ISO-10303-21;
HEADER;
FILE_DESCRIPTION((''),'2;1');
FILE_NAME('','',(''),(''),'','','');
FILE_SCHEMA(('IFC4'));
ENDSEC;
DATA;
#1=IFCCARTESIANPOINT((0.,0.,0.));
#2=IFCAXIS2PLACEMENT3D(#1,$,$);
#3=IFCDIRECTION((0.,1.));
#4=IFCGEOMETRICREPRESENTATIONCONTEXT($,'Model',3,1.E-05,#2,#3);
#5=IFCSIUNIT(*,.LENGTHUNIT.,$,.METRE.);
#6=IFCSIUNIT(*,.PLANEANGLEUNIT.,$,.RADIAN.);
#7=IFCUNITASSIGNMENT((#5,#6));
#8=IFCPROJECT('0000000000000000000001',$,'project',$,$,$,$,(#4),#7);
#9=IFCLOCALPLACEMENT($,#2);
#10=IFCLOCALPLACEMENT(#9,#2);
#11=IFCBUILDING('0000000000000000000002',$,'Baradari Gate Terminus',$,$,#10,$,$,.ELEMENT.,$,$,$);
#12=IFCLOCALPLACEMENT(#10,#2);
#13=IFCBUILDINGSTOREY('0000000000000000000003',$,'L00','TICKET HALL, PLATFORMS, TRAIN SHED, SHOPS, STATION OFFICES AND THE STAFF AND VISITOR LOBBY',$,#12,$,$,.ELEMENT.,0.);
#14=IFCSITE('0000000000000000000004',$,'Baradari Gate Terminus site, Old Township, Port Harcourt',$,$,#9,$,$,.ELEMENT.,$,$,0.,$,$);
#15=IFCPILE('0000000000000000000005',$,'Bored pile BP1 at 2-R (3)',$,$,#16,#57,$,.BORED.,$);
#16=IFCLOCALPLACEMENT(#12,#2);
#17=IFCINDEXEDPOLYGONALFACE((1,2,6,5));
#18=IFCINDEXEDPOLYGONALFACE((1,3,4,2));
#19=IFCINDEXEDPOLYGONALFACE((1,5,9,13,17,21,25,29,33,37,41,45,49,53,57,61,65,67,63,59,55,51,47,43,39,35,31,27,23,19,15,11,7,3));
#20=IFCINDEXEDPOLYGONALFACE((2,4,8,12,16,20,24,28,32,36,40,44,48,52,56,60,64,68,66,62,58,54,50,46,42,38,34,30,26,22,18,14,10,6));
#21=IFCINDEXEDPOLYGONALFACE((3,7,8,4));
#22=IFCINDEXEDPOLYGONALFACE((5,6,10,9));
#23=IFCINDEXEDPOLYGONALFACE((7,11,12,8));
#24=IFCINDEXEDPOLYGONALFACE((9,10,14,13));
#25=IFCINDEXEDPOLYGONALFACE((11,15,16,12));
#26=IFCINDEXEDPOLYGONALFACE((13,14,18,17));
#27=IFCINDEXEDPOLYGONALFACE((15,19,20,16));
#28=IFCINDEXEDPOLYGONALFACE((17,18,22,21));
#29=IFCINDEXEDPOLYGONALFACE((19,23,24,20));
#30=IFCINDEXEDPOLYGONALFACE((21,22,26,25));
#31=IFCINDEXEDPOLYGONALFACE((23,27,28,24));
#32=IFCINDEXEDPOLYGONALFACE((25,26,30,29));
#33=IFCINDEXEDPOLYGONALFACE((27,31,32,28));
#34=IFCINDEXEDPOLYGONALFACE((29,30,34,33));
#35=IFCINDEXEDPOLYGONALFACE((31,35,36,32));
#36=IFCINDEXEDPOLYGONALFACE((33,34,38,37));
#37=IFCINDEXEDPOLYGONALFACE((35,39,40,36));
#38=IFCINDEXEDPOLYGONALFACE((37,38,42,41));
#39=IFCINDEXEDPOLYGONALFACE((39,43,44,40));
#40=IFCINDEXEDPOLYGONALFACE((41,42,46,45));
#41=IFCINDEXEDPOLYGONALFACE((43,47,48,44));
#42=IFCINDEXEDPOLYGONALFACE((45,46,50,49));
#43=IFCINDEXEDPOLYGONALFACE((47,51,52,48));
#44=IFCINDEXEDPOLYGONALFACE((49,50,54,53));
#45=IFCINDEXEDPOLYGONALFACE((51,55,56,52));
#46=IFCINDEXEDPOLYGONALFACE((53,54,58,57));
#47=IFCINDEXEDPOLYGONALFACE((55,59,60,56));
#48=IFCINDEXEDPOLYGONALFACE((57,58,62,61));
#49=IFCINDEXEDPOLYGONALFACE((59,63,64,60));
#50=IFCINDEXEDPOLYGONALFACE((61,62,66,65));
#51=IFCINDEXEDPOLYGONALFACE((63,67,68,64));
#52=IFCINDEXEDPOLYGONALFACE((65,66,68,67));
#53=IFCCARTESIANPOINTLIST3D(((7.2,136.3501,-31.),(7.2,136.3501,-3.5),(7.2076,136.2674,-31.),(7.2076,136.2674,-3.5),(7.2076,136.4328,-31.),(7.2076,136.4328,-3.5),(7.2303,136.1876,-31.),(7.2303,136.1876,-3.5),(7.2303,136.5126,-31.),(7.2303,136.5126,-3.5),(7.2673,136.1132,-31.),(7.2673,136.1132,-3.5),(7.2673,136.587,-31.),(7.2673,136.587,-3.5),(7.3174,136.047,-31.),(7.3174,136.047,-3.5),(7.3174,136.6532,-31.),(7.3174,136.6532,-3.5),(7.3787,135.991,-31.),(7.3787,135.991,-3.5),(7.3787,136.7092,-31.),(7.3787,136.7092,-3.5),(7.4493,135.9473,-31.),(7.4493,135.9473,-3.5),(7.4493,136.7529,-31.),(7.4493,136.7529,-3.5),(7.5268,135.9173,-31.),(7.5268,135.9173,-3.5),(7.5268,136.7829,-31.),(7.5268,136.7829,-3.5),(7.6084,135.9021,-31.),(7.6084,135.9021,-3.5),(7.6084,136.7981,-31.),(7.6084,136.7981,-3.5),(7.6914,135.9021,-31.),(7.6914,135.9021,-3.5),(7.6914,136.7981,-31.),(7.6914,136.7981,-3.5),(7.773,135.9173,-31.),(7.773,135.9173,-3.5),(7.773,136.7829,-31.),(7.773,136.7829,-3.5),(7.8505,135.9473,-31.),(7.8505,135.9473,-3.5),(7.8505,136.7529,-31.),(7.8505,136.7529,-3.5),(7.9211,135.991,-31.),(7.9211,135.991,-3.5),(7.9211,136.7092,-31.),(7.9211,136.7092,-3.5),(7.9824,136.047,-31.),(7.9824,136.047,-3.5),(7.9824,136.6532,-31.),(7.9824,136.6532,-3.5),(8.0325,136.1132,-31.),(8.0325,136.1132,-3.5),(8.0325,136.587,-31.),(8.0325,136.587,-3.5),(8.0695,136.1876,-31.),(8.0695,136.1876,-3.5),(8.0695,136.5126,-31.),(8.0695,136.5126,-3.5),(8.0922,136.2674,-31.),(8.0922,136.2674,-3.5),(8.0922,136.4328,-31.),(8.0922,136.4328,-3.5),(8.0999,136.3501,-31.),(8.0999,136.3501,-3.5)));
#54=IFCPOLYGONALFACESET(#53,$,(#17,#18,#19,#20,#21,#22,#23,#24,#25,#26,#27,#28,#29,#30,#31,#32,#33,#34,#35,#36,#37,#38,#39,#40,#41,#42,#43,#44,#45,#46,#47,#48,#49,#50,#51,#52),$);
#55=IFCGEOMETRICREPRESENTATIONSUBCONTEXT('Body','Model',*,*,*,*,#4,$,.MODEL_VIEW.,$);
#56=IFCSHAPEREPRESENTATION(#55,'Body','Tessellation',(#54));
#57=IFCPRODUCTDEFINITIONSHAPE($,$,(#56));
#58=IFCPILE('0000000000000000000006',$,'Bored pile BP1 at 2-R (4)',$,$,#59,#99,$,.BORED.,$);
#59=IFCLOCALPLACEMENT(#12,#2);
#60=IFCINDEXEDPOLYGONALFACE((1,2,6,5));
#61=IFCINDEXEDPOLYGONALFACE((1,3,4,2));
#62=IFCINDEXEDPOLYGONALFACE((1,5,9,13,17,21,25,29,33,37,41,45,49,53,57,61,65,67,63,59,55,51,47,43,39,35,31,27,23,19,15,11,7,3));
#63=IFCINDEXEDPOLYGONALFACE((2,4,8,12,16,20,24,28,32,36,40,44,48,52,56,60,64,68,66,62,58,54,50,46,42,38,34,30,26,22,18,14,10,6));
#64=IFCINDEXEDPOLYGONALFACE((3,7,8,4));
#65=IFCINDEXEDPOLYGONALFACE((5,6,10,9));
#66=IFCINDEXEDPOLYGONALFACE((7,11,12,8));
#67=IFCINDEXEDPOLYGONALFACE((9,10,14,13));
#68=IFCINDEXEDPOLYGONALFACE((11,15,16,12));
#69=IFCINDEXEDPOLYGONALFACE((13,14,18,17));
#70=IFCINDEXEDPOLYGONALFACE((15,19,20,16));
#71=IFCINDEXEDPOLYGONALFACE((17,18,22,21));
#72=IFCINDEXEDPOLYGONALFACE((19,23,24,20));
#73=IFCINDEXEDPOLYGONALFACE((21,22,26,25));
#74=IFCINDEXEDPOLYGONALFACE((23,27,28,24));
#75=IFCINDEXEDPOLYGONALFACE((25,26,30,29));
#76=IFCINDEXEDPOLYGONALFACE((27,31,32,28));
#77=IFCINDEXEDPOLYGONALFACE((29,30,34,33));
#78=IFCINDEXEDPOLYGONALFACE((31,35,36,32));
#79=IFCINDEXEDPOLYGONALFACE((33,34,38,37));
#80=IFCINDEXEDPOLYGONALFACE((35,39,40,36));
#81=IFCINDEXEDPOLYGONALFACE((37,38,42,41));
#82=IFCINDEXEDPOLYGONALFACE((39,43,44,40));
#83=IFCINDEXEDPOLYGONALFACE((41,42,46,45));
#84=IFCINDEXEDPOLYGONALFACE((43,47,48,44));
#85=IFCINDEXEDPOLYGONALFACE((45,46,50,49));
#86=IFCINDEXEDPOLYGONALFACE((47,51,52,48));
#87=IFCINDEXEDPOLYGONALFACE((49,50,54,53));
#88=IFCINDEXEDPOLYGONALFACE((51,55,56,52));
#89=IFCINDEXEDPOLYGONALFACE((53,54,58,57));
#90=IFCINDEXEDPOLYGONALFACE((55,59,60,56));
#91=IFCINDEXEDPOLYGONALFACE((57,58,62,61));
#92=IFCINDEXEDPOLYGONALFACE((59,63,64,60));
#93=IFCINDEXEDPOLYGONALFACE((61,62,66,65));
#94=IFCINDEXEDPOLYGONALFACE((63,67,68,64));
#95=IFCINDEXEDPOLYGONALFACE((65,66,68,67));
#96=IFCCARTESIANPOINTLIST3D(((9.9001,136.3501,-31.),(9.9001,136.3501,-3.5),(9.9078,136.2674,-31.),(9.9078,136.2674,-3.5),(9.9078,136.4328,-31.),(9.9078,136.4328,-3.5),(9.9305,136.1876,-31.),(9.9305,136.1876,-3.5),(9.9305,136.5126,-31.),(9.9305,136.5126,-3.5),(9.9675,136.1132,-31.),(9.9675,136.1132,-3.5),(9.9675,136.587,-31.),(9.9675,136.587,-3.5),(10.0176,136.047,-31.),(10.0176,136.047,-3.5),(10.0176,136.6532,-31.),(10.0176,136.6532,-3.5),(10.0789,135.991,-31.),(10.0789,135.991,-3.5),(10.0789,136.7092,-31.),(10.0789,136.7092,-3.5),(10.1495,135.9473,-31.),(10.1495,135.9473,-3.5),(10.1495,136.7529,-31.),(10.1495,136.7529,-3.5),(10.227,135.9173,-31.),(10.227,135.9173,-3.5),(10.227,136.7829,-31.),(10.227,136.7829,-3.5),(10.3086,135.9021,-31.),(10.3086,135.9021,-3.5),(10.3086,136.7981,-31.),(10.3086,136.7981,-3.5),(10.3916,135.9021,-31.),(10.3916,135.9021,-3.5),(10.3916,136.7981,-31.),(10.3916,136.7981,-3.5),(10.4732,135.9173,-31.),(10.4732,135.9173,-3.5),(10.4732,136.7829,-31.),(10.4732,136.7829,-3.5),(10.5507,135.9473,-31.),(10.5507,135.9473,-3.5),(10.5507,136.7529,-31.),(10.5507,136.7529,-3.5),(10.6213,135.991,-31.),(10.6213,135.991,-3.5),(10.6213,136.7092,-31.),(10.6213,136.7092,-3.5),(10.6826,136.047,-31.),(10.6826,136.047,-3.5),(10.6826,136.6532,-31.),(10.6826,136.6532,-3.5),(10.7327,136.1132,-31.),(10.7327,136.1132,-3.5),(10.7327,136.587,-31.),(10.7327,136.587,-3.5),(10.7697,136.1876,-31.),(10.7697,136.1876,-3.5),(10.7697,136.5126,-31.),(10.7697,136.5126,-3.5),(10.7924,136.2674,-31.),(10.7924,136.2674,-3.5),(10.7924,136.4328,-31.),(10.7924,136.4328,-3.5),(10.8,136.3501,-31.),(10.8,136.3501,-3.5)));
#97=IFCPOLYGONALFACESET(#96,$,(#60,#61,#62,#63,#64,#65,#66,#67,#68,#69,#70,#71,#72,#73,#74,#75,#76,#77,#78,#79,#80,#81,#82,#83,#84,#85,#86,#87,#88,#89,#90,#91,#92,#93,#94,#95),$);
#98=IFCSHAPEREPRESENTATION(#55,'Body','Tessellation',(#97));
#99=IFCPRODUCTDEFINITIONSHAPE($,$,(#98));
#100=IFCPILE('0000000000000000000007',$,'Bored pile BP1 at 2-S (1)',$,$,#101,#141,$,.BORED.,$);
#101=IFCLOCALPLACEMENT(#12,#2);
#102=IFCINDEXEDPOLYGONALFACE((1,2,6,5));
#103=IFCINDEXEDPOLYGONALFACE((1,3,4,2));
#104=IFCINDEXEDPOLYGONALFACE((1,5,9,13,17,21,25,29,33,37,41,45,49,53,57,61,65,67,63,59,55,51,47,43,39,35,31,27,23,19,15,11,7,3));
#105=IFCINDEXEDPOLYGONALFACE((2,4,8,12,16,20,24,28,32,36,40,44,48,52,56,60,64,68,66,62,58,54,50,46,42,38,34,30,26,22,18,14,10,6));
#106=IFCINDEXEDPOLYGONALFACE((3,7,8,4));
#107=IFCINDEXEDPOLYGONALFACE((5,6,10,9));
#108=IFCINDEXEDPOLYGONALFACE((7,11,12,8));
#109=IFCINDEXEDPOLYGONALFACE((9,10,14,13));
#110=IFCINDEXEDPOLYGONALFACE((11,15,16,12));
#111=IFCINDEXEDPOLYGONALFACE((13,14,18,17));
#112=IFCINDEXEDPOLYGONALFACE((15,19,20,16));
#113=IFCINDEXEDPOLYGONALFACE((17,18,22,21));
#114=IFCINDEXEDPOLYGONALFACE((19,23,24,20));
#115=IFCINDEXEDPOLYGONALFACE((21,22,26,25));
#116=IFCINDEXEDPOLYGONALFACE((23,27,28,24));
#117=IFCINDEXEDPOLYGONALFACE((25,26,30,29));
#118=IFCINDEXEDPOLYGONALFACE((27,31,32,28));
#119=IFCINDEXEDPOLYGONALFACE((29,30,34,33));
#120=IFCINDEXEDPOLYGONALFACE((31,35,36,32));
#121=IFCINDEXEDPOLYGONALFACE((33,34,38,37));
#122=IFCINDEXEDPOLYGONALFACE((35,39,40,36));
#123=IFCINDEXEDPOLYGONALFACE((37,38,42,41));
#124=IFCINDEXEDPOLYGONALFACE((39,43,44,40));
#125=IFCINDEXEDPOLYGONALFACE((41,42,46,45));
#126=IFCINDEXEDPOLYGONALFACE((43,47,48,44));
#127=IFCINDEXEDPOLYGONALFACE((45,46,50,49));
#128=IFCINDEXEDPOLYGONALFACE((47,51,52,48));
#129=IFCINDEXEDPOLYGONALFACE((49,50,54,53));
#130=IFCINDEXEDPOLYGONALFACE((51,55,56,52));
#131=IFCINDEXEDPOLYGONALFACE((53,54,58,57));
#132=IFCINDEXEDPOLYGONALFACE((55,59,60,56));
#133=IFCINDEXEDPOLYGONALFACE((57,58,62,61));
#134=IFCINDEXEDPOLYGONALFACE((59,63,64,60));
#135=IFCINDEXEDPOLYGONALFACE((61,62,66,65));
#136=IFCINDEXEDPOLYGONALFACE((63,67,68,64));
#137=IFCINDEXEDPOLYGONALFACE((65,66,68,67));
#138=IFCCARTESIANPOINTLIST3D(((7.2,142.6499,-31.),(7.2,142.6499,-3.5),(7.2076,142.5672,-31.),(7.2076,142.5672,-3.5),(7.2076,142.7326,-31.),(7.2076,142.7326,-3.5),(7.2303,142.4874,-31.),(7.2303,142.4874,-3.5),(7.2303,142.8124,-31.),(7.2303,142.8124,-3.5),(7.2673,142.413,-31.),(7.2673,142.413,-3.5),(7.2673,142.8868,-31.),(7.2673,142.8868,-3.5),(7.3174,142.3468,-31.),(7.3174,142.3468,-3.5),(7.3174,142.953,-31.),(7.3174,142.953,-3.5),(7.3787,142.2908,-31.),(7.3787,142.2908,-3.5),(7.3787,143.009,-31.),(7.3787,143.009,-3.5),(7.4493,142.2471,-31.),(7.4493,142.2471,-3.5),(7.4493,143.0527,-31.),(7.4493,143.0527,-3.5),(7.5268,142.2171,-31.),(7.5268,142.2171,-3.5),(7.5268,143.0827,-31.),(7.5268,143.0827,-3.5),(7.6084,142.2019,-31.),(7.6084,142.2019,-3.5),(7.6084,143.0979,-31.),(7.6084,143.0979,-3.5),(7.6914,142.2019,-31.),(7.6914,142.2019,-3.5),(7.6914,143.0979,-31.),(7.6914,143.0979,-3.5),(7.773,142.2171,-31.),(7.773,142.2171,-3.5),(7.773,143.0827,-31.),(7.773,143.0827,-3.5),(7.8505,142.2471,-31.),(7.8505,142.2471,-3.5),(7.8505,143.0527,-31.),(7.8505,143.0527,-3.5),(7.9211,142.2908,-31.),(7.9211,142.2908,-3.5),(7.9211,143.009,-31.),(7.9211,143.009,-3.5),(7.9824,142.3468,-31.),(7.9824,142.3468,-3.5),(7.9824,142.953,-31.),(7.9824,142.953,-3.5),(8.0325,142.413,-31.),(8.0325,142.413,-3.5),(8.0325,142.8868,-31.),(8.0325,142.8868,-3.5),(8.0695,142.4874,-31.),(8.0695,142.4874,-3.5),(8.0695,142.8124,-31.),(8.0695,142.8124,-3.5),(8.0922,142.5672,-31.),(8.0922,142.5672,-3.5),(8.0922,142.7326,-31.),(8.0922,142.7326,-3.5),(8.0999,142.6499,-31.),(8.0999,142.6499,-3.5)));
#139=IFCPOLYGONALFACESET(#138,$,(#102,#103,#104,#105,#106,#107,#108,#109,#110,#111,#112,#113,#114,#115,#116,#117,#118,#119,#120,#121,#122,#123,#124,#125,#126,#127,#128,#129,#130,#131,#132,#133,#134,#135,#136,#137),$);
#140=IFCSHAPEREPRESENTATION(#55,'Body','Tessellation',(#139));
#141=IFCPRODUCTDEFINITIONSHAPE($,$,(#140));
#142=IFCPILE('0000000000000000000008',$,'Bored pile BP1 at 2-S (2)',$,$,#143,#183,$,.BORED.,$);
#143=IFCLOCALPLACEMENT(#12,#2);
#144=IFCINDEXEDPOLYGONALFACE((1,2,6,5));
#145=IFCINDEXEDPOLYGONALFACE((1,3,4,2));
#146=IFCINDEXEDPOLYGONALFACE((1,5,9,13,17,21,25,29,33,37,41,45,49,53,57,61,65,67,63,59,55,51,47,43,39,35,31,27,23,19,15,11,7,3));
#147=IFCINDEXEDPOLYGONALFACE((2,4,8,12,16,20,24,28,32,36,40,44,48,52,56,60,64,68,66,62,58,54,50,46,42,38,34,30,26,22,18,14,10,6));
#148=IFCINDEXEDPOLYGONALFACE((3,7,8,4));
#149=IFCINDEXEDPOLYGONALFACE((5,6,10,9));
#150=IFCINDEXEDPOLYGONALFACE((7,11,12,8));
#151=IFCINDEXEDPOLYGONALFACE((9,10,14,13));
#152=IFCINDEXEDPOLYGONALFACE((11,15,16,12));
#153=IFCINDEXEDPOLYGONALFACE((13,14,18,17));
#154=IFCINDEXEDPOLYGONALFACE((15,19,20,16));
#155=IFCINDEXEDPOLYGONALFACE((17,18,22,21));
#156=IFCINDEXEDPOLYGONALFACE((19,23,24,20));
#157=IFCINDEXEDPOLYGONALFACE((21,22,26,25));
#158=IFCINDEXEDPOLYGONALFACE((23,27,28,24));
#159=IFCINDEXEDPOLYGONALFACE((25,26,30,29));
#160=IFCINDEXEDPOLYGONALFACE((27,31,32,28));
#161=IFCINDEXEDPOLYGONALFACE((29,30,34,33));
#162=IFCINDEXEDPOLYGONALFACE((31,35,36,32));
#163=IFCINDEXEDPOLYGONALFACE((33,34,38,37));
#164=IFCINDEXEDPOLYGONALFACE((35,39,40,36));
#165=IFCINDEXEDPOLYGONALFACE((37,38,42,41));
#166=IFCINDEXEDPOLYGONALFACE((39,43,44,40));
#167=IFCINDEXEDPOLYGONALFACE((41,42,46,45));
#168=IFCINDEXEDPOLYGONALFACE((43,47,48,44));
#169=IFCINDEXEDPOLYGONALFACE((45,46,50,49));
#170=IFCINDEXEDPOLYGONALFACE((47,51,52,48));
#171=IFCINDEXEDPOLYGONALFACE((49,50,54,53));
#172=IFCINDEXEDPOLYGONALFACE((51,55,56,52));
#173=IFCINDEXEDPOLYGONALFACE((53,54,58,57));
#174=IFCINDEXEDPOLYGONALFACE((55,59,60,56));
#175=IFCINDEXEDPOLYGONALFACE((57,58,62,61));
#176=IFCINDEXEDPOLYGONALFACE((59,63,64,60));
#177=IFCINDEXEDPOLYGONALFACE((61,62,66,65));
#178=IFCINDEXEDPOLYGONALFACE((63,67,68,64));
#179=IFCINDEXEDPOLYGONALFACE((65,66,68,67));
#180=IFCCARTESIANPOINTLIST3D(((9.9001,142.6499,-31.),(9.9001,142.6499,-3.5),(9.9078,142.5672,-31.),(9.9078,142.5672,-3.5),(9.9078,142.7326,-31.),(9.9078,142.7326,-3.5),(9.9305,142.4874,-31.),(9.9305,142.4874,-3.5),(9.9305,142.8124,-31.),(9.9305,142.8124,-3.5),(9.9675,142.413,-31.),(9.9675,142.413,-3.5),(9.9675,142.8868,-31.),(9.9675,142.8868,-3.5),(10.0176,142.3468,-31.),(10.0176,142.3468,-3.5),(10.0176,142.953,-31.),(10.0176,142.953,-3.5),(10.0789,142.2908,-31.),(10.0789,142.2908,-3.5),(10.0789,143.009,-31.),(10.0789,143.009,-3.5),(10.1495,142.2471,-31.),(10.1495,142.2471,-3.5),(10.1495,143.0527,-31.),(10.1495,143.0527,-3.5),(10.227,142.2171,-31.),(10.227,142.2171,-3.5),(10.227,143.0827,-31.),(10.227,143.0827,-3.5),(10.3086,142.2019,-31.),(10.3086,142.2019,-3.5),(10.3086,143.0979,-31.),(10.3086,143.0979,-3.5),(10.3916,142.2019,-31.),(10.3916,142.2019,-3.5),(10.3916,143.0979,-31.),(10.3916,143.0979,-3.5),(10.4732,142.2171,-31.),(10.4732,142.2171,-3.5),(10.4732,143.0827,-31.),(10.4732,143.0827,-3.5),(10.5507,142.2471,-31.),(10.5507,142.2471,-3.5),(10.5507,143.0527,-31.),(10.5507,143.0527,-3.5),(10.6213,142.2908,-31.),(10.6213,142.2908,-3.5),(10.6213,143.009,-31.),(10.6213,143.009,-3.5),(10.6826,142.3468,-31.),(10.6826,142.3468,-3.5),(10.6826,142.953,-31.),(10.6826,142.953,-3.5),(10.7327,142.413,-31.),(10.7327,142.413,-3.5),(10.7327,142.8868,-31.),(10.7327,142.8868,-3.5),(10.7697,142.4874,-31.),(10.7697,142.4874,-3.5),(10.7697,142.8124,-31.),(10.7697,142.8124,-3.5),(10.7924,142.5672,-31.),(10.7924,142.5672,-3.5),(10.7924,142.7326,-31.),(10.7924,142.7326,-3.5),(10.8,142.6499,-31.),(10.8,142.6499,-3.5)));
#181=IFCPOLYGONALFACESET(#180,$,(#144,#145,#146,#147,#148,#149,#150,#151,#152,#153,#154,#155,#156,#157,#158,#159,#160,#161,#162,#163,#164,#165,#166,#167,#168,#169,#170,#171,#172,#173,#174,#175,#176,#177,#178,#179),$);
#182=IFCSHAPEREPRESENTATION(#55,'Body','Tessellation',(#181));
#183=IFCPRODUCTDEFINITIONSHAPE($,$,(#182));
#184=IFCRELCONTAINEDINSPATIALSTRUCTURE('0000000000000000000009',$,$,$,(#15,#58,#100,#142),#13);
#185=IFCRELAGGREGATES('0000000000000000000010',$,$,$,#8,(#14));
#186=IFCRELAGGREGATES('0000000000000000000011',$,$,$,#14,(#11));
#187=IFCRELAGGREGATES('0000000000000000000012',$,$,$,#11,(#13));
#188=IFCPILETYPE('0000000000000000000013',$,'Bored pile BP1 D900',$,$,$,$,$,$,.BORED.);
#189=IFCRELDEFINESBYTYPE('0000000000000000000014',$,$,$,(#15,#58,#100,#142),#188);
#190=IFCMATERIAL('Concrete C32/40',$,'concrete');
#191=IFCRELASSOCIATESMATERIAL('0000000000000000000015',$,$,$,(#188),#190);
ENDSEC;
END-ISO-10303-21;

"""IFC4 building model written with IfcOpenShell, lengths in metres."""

from ifc_helpers import new_model, si_unit, direction, frame, origin, origin_2d, place, context, subcontext, project, spatial, circle, extrude, material, type_object, element, save


model = new_model("IFC4")

# Units and contexts
model_context = context("Model", 3, precision=1e-05, world=origin(), true_north=direction((0.0, 1.0)))
body_context = subcontext(model_context, "Body", "Model", "MODEL_VIEW")
ifc_project = project(units=[si_unit("LENGTHUNIT", "METRE"), si_unit("PLANEANGLEUNIT", "RADIAN")], contexts=[model_context])

# Site, building, storey
site_placement = place(None, origin())
site = spatial("IfcSite", under=ifc_project, at=site_placement, Name="Baradari Gate Terminus site, Old Township, Port Harcourt", CompositionType="ELEMENT", RefElevation=0.0)
building_placement = place(site_placement, origin())
building = spatial("IfcBuilding", under=site, at=building_placement, Name="Baradari Gate Terminus", CompositionType="ELEMENT")
storey_placement = place(building_placement, origin())
storey = spatial("IfcBuildingStorey", under=building, at=storey_placement, Name="L00", Description="TICKET HALL, PLATFORMS, TRAIN SHED, SHOPS, STATION OFFICES AND THE STAFF AND VISITOR LOBBY", CompositionType="ELEMENT", Elevation=0.0)

# Piles
ifc_material_1 = material(Name="Concrete C32/40", Category="concrete")
pile_type_1 = type_object("IfcPileType", Name="Bored pile BP1 D900", PredefinedType="BORED", material=ifc_material_1)
for number, where, z_axis, x_axis, name in (
    (1, (7.6499, 136.3501, -3.5), (0.0, 0.0, -1.0), (1.0, 0.0, 0.0), "Bored pile BP1 at 2-R (3)"),
    (2, (10.3501, 136.3501, -3.5), (0.0, 0.0, -1.0), (1.0, 0.0, 0.0), "Bored pile BP1 at 2-R (4)"),
    (3, (7.6499, 142.6499, -3.5), (0.0, 0.0, -1.0), (1.0, 0.0, 0.0), "Bored pile BP1 at 2-S (1)"),
    (4, (10.3501, 142.6499, -3.5), (0.0, 0.0, -1.0), (1.0, 0.0, 0.0), "Bored pile BP1 at 2-S (2)"),
):
    element("IfcPile", number, at=place(storey_placement, frame(where, z_axis=z_axis, x_axis=x_axis)), inside=storey, type_object=pile_type_1, Name=name, PredefinedType="BORED", context=body_context, shape_type="SweptSolid", body=[
        extrude(circle(Radius=0.45, at=origin_2d()), origin(), (0.0, 0.0, 1.0), 27.5),
    ])

save(model, "model.ifc")
